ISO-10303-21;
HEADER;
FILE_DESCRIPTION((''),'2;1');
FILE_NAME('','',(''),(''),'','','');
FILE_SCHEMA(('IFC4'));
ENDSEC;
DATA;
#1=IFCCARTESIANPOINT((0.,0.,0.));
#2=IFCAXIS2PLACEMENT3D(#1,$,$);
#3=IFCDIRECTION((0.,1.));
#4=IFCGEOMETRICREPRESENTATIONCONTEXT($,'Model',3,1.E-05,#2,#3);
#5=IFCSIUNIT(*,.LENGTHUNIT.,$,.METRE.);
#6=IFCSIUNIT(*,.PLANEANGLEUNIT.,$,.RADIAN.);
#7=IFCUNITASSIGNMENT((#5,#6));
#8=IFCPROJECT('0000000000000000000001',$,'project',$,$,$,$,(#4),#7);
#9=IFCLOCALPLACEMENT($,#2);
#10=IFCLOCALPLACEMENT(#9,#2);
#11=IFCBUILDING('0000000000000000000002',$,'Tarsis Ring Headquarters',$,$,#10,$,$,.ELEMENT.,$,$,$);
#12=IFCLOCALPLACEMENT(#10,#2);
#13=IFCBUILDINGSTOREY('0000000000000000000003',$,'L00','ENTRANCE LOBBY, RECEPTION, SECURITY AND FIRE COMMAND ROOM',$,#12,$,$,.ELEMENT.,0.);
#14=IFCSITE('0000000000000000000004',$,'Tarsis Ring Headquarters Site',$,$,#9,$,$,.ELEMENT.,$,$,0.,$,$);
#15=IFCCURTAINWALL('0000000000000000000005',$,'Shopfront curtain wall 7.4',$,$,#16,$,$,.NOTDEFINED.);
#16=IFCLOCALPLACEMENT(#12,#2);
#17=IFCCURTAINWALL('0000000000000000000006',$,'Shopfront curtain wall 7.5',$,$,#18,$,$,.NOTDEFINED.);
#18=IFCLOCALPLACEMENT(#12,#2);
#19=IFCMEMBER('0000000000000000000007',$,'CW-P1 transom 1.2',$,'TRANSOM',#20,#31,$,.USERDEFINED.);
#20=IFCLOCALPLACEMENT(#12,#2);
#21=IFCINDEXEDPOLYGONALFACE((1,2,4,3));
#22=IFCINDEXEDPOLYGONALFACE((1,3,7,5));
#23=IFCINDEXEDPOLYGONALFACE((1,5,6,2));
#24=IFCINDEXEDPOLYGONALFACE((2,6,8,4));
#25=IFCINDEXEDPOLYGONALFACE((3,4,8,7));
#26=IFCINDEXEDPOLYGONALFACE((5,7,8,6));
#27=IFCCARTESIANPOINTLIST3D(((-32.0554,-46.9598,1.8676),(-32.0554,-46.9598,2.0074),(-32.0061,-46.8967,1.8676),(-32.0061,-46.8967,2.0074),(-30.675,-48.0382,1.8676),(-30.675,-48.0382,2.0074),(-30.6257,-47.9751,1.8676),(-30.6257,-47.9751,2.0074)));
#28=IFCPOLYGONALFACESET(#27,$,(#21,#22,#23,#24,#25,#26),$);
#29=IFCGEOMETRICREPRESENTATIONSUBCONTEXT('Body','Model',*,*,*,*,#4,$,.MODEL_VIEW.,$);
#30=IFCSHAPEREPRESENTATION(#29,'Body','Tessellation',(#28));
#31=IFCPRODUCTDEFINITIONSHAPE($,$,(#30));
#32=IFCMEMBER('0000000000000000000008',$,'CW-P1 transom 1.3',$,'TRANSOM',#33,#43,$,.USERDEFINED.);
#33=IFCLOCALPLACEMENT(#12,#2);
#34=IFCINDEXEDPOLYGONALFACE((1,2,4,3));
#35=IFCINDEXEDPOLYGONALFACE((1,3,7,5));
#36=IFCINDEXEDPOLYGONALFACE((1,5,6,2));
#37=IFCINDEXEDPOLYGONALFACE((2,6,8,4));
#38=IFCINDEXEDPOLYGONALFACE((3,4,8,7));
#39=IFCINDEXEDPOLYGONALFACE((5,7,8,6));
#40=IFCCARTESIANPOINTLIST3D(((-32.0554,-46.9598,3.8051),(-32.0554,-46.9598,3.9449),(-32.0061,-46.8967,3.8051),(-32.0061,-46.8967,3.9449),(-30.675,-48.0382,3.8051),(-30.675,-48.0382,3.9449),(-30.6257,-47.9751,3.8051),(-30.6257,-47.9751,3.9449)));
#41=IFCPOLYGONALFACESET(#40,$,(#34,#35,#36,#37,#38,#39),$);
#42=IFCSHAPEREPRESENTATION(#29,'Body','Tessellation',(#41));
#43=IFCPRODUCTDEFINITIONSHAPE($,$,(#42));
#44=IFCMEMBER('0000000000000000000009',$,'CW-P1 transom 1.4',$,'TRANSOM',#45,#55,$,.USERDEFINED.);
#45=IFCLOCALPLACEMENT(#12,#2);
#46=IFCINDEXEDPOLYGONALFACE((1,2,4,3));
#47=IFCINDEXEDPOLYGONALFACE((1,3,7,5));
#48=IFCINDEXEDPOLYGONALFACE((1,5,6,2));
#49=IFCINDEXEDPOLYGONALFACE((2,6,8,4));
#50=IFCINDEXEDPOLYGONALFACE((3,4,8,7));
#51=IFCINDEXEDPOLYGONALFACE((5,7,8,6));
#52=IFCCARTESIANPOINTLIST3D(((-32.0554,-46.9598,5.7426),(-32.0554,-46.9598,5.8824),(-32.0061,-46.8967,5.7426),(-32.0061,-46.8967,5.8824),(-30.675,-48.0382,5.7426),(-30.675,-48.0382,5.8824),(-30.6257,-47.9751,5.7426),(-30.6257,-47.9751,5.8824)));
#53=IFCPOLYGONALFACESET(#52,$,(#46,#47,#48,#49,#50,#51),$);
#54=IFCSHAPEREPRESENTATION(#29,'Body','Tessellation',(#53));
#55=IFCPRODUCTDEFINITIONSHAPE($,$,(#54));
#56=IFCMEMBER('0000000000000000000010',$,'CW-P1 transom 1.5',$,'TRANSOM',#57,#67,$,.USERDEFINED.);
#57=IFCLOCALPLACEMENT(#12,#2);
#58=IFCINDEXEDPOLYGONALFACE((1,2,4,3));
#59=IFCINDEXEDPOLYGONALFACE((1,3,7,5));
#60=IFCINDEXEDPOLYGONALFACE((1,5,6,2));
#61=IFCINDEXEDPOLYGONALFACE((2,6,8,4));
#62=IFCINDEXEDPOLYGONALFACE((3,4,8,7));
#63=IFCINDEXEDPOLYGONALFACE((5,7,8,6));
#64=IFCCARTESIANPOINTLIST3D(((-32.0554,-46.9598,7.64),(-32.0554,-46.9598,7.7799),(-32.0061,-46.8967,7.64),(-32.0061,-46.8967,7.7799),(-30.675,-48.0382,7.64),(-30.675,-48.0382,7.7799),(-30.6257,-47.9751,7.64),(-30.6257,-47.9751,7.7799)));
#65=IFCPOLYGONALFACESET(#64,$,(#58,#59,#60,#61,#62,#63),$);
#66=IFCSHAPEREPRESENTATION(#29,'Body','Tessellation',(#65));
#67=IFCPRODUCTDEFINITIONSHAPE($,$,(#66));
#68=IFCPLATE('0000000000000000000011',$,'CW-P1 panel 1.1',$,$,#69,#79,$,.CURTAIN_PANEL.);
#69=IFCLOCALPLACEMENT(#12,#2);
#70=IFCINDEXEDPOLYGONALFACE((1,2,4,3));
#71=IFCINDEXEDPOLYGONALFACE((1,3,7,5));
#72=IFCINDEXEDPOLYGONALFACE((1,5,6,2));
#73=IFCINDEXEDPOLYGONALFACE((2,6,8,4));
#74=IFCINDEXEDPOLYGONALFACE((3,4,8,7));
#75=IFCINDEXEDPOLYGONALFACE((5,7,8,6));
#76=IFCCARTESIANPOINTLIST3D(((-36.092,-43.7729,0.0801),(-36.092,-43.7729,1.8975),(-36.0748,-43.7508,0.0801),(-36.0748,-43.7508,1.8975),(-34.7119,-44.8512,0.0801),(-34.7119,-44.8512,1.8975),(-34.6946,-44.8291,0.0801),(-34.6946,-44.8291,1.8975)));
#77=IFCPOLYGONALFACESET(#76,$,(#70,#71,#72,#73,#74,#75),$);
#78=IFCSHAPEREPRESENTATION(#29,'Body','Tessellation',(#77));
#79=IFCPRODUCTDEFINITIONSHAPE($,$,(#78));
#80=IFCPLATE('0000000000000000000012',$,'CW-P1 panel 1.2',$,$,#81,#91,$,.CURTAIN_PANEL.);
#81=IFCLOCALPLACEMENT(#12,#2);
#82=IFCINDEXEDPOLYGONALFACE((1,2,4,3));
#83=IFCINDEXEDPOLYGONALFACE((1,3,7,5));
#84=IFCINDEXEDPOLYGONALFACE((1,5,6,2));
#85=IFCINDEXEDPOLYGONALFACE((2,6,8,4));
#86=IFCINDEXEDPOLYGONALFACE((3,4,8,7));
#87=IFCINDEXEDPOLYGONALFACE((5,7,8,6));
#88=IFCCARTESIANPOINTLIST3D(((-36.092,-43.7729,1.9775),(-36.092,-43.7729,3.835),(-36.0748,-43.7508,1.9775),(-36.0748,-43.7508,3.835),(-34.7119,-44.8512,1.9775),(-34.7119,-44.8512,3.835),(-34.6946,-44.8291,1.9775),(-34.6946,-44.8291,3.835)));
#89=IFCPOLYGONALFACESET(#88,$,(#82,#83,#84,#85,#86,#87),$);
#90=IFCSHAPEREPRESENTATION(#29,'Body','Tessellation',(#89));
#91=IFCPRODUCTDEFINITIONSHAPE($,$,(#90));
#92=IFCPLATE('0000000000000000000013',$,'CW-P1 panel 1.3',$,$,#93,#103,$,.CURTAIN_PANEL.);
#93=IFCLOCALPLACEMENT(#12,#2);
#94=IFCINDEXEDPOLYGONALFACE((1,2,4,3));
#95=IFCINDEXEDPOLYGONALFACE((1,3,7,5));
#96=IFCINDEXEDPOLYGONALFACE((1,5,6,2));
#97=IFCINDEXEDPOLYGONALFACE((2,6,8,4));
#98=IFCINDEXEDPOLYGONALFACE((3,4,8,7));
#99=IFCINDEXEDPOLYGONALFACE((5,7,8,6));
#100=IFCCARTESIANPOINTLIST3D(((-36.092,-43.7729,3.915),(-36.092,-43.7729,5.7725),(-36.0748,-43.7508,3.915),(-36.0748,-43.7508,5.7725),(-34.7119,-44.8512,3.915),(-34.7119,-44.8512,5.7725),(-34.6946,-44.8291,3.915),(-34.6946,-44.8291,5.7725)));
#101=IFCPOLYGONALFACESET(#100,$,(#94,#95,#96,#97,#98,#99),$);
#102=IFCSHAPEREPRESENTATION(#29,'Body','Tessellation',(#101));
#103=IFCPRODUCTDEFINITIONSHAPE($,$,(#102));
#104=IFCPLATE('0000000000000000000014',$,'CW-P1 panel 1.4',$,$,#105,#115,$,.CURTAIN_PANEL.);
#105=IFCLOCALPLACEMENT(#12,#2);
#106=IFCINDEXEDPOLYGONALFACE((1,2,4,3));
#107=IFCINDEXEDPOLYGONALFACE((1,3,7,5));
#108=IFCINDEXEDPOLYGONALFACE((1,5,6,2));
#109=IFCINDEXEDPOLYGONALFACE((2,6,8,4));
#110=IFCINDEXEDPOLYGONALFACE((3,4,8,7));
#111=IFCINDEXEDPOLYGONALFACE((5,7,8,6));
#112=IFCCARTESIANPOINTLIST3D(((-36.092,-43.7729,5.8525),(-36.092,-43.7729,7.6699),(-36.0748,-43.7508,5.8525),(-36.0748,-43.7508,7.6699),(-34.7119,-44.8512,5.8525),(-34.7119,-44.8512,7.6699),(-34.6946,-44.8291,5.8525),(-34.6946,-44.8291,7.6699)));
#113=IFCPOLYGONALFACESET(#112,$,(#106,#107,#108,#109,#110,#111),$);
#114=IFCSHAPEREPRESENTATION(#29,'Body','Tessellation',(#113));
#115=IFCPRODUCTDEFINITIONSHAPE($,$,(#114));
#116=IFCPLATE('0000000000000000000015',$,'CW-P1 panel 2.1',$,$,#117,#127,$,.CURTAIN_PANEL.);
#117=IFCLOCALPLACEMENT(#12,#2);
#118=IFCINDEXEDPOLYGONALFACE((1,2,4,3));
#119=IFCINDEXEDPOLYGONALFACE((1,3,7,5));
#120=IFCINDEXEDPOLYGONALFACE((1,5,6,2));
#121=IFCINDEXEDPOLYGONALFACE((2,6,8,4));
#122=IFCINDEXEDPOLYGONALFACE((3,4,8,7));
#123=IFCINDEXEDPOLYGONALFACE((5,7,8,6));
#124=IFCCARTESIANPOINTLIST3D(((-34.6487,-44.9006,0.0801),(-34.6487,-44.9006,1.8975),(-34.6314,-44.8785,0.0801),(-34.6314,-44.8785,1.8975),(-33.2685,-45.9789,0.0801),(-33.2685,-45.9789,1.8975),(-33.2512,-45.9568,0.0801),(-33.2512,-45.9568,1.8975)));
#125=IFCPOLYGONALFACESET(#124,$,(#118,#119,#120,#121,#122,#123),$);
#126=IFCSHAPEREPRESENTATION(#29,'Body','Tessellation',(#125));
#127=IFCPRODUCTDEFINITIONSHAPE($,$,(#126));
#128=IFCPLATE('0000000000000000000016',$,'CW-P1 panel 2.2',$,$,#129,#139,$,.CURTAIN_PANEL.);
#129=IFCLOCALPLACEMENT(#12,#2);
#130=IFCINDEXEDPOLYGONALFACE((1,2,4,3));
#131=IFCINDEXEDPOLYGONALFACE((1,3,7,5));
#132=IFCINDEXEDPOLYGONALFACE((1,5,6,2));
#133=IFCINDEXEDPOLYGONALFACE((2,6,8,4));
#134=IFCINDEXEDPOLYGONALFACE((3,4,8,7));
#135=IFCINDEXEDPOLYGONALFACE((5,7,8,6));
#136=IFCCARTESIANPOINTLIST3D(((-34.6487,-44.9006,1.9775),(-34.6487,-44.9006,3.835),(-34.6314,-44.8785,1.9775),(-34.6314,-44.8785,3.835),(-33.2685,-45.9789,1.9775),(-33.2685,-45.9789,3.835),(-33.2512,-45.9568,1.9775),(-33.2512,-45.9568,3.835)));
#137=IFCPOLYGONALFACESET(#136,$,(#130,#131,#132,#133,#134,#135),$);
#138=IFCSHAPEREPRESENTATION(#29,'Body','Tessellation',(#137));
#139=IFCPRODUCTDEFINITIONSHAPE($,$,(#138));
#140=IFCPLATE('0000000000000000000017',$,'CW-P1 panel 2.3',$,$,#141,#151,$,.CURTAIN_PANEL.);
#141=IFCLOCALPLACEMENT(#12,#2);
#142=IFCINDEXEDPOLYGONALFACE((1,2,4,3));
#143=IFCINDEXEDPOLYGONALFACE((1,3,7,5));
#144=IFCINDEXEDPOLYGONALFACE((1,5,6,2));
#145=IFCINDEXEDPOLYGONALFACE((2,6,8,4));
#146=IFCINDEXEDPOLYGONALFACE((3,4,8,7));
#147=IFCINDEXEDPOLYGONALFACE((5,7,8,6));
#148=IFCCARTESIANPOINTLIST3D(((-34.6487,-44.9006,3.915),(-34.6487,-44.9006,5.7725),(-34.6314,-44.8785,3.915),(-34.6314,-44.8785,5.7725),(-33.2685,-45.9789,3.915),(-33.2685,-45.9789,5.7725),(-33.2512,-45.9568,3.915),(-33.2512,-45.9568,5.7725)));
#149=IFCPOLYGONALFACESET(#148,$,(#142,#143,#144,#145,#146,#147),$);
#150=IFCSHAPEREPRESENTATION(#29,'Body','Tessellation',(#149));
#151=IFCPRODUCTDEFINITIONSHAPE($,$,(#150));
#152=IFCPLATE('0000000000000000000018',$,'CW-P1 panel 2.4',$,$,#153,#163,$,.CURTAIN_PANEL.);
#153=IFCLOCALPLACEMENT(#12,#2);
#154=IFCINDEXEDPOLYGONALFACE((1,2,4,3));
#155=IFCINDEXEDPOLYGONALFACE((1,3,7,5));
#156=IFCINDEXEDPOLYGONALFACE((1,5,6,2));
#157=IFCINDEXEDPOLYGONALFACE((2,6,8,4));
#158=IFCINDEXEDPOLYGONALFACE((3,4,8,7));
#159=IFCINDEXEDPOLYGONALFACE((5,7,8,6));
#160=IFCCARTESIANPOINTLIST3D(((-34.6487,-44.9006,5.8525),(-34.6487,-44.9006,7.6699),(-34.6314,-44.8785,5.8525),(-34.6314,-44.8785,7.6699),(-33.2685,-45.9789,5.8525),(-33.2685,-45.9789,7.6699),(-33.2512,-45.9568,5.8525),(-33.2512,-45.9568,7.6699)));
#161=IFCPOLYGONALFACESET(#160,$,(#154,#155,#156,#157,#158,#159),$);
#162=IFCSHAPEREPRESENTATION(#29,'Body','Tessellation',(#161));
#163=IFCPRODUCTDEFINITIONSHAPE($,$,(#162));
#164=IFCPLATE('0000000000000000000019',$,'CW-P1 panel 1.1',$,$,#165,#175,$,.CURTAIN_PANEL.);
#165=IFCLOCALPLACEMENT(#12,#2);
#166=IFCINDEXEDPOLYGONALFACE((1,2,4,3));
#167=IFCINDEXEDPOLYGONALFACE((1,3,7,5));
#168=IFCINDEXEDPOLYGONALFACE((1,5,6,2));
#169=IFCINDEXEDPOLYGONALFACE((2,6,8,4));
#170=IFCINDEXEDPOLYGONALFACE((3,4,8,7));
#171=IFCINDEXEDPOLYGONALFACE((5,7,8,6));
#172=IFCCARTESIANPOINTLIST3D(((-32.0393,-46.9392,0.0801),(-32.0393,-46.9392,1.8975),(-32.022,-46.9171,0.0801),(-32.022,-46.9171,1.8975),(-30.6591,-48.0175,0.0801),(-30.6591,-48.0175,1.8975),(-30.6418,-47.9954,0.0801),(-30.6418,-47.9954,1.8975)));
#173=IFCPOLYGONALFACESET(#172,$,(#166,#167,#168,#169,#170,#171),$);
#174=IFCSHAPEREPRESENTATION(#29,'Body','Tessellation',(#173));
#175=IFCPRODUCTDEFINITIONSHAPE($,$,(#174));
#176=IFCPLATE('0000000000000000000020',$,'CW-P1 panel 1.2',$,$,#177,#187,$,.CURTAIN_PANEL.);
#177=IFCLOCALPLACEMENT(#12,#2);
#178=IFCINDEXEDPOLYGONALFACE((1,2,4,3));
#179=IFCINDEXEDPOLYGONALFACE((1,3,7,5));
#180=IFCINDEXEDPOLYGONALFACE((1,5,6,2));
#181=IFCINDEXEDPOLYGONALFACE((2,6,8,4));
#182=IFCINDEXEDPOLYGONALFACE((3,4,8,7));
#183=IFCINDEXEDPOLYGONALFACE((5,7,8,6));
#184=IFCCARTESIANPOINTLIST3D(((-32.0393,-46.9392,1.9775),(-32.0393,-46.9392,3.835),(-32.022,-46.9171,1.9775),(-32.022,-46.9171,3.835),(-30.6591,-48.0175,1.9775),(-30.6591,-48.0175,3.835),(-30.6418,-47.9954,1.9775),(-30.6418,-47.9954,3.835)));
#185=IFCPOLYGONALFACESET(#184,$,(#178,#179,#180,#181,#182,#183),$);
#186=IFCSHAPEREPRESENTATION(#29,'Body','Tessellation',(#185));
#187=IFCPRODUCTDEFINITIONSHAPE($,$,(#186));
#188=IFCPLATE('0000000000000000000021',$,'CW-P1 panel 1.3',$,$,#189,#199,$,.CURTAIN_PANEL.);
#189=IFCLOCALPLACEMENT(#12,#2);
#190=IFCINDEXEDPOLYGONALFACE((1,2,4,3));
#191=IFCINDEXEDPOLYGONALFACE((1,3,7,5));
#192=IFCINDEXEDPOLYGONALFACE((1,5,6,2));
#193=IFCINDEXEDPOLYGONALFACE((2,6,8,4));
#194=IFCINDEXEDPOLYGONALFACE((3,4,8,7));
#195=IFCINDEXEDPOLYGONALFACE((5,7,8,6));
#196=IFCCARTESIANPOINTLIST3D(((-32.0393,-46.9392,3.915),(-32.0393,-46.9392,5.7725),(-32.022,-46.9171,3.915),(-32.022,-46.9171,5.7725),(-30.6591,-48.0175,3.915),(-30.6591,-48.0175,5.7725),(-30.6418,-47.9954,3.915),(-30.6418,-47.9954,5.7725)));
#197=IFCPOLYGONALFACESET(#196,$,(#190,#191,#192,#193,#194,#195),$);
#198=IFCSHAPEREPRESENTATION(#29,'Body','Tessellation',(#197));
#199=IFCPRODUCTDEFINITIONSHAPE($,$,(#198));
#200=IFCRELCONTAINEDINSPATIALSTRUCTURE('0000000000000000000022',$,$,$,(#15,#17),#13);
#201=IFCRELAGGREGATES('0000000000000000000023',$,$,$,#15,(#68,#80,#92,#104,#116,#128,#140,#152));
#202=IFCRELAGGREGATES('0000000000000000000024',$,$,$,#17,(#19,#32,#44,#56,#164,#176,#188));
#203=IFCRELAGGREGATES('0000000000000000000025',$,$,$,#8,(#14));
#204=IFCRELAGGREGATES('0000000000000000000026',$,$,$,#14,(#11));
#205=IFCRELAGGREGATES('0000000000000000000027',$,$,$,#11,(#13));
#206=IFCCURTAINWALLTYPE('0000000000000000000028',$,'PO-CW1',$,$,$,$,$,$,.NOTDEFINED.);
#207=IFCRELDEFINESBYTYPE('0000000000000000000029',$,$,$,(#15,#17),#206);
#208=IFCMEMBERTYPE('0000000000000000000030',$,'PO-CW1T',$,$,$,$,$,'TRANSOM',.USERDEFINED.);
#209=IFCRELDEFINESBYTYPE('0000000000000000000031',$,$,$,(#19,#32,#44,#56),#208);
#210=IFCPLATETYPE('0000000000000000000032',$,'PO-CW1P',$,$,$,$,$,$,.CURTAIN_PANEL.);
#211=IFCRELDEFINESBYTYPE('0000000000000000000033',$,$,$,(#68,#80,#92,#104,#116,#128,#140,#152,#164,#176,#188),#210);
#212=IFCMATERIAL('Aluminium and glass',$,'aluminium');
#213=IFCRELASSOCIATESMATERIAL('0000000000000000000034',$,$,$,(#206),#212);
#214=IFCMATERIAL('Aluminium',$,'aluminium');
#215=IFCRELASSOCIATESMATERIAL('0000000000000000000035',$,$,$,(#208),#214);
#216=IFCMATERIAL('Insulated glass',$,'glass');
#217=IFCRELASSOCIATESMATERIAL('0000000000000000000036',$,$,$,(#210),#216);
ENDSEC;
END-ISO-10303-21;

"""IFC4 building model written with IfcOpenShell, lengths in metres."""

from ifc_helpers import new_model, si_unit, direction, frame, origin, origin_2d, place, context, subcontext, project, spatial, rectangle, extrude, material, material_profile, profile_set, type_object, element, aggregate, save


model = new_model("IFC4")

# Units and contexts
model_context = context("Model", 3, precision=1e-05, world=origin(), true_north=direction((0.0, 1.0)))
body_context = subcontext(model_context, "Body", "Model", "MODEL_VIEW")
ifc_project = project(units=[si_unit("LENGTHUNIT", "METRE"), si_unit("PLANEANGLEUNIT", "RADIAN")], contexts=[model_context])

# Site, building, storey
site_placement = place(None, origin())
site = spatial("IfcSite", under=ifc_project, at=site_placement, Name="Tarsis Ring Headquarters Site", CompositionType="ELEMENT", RefElevation=0.0)
building_placement = place(site_placement, origin())
building = spatial("IfcBuilding", under=site, at=building_placement, Name="Tarsis Ring Headquarters", CompositionType="ELEMENT")
storey_placement = place(building_placement, origin())
storey = spatial("IfcBuildingStorey", under=building, at=storey_placement, Name="L00", Description="ENTRANCE LOBBY, RECEPTION, SECURITY AND FIRE COMMAND ROOM", CompositionType="ELEMENT", Elevation=0.0)

# Curtain wall
ifc_material_1 = material(Name="Aluminium and glass", Category="aluminium")
curtain_wall_type = type_object("IfcCurtainWallType", Name="PO-CW1", PredefinedType="NOTDEFINED", material=ifc_material_1)
curtain_wall_1_placement = place(storey_placement, origin())
curtain_wall_1 = element("IfcCurtainWall", 1, at=curtain_wall_1_placement, inside=storey, type_object=curtain_wall_type, Name="Shopfront curtain wall 7.4", PredefinedType="NOTDEFINED")
ifc_material_2 = material(Name="Aluminium", Category="aluminium")

# Curtain wall
curtain_wall_2_placement = place(storey_placement, origin())
curtain_wall_2 = element("IfcCurtainWall", 2, at=curtain_wall_2_placement, inside=storey, type_object=curtain_wall_type, Name="Shopfront curtain wall 7.5", PredefinedType="NOTDEFINED")

# Members
ifc_material_profile_1 = material_profile(ifc_material_2, rectangle(XDim=0.0801, YDim=0.1399, at=origin_2d()), Name="PO-CW1T")
ifc_profile_set_1 = profile_set([ifc_material_profile_1], Name="Aluminium")
member_type_1 = type_object("IfcMemberType", Name="PO-CW1T", ElementType="TRANSOM", PredefinedType="USERDEFINED", material=ifc_profile_set_1)
member_1_placement = place(storey_placement, frame((-32.0308, -46.9282, 1.9375), z_axis=(0.788037, -0.615628, 0.0), x_axis=(0.615628, 0.788037, 0.0)))
member_1 = element("IfcMember", 3, at=member_1_placement, type_object=member_type_1, Name="CW-P1 transom 1.2", ObjectType="TRANSOM", PredefinedType="USERDEFINED", context=body_context, shape_type="SweptSolid", body=[
    extrude(rectangle(XDim=0.0801, YDim=0.1399, at=origin_2d()), origin(), (0.0, 0.0, 1.0), 1.7517),
])
member_2_placement = place(storey_placement, frame((-32.0308, -46.9282, 3.875), z_axis=(0.788037, -0.615628, 0.0), x_axis=(0.615628, 0.788037, 0.0)))
member_2 = element("IfcMember", 4, at=member_2_placement, type_object=member_type_1, Name="CW-P1 transom 1.3", ObjectType="TRANSOM", PredefinedType="USERDEFINED", context=body_context, shape_type="SweptSolid", body=[
    extrude(rectangle(XDim=0.0801, YDim=0.1399, at=origin_2d()), origin(), (0.0, 0.0, 1.0), 1.7517),
])
member_3_placement = place(storey_placement, frame((-32.0308, -46.9282, 5.8125), z_axis=(0.788037, -0.615628, 0.0), x_axis=(0.615628, 0.788037, 0.0)))
member_3 = element("IfcMember", 5, at=member_3_placement, type_object=member_type_1, Name="CW-P1 transom 1.4", ObjectType="TRANSOM", PredefinedType="USERDEFINED", context=body_context, shape_type="SweptSolid", body=[
    extrude(rectangle(XDim=0.0801, YDim=0.1399, at=origin_2d()), origin(), (0.0, 0.0, 1.0), 1.7517),
])
member_4_placement = place(storey_placement, frame((-32.0308, -46.9282, 7.71), z_axis=(0.788037, -0.615628, 0.0), x_axis=(0.615628, 0.788037, 0.0)))
member_4 = element("IfcMember", 6, at=member_4_placement, type_object=member_type_1, Name="CW-P1 transom 1.5", ObjectType="TRANSOM", PredefinedType="USERDEFINED", context=body_context, shape_type="SweptSolid", body=[
    extrude(rectangle(XDim=0.0801, YDim=0.1399, at=origin_2d()), origin(), (0.0, 0.0, 1.0), 1.7517),
])

# Plates
ifc_material_3 = material(Name="Insulated glass", Category="glass")
plate_type = type_object("IfcPlateType", Name="PO-CW1P", PredefinedType="CURTAIN_PANEL", material=ifc_material_3)
plate_1_placement = place(storey_placement, frame((-35.3933, -44.301, 0.0801), z_axis=(0.0, 0.0, 1.0), x_axis=(0.788011, -0.615662, 0.0)))
plate_1 = element("IfcPlate", 7, at=plate_1_placement, type_object=plate_type, Name="CW-P1 panel 1.1", PredefinedType="CURTAIN_PANEL", context=body_context, shape_type="SweptSolid", body=[
    extrude(rectangle(XDim=1.7515, YDim=0.0281, at=origin_2d()), origin(), (0.0, 0.0, 1.0), 1.8174),
])
plate_2_placement = place(storey_placement, frame((-35.3933, -44.301, 1.9775), z_axis=(0.0, 0.0, 1.0), x_axis=(0.788011, -0.615662, 0.0)))
plate_2 = element("IfcPlate", 8, at=plate_2_placement, type_object=plate_type, Name="CW-P1 panel 1.2", PredefinedType="CURTAIN_PANEL", context=body_context, shape_type="SweptSolid", body=[
    extrude(rectangle(XDim=1.7515, YDim=0.0281, at=origin_2d()), origin(), (0.0, 0.0, 1.0), 1.8574),
])
plate_3_placement = place(storey_placement, frame((-35.3933, -44.301, 3.915), z_axis=(0.0, 0.0, 1.0), x_axis=(0.788011, -0.615662, 0.0)))
plate_3 = element("IfcPlate", 9, at=plate_3_placement, type_object=plate_type, Name="CW-P1 panel 1.3", PredefinedType="CURTAIN_PANEL", context=body_context, shape_type="SweptSolid", body=[
    extrude(rectangle(XDim=1.7515, YDim=0.0281, at=origin_2d()), origin(), (0.0, 0.0, 1.0), 1.8574),
])
plate_4_placement = place(storey_placement, frame((-35.3933, -44.301, 5.8525), z_axis=(0.0, 0.0, 1.0), x_axis=(0.788011, -0.615662, 0.0)))
plate_4 = element("IfcPlate", 10, at=plate_4_placement, type_object=plate_type, Name="CW-P1 panel 1.4", PredefinedType="CURTAIN_PANEL", context=body_context, shape_type="SweptSolid", body=[
    extrude(rectangle(XDim=1.7515, YDim=0.0281, at=origin_2d()), origin(), (0.0, 0.0, 1.0), 1.8174),
])
plate_5_placement = place(storey_placement, frame((-33.95, -45.4287, 0.0801), z_axis=(0.0, 0.0, 1.0), x_axis=(0.788011, -0.615662, 0.0)))
plate_5 = element("IfcPlate", 11, at=plate_5_placement, type_object=plate_type, Name="CW-P1 panel 2.1", PredefinedType="CURTAIN_PANEL", context=body_context, shape_type="SweptSolid", body=[
    extrude(rectangle(XDim=1.7515, YDim=0.0281, at=origin_2d()), origin(), (0.0, 0.0, 1.0), 1.8174),
])
plate_6_placement = place(storey_placement, frame((-33.95, -45.4287, 1.9775), z_axis=(0.0, 0.0, 1.0), x_axis=(0.788011, -0.615662, 0.0)))
plate_6 = element("IfcPlate", 12, at=plate_6_placement, type_object=plate_type, Name="CW-P1 panel 2.2", PredefinedType="CURTAIN_PANEL", context=body_context, shape_type="SweptSolid", body=[
    extrude(rectangle(XDim=1.7515, YDim=0.0281, at=origin_2d()), origin(), (0.0, 0.0, 1.0), 1.8574),
])
plate_7_placement = place(storey_placement, frame((-33.95, -45.4287, 3.915), z_axis=(0.0, 0.0, 1.0), x_axis=(0.788011, -0.615662, 0.0)))
plate_7 = element("IfcPlate", 13, at=plate_7_placement, type_object=plate_type, Name="CW-P1 panel 2.3", PredefinedType="CURTAIN_PANEL", context=body_context, shape_type="SweptSolid", body=[
    extrude(rectangle(XDim=1.7515, YDim=0.0281, at=origin_2d()), origin(), (0.0, 0.0, 1.0), 1.8574),
])
plate_8_placement = place(storey_placement, frame((-33.95, -45.4287, 5.8525), z_axis=(0.0, 0.0, 1.0), x_axis=(0.788011, -0.615662, 0.0)))
plate_8 = element("IfcPlate", 14, at=plate_8_placement, type_object=plate_type, Name="CW-P1 panel 2.4", PredefinedType="CURTAIN_PANEL", context=body_context, shape_type="SweptSolid", body=[
    extrude(rectangle(XDim=1.7515, YDim=0.0281, at=origin_2d()), origin(), (0.0, 0.0, 1.0), 1.8174),
])
aggregate(curtain_wall_1, [plate_1, plate_2, plate_3, plate_4, plate_5, plate_6, plate_7, plate_8])
plate_9_placement = place(storey_placement, frame((-31.3406, -47.4673, 0.0801), z_axis=(0.0, 0.0, 1.0), x_axis=(0.788011, -0.615661, 0.0)))
plate_9 = element("IfcPlate", 15, at=plate_9_placement, type_object=plate_type, Name="CW-P1 panel 1.1", PredefinedType="CURTAIN_PANEL", context=body_context, shape_type="SweptSolid", body=[
    extrude(rectangle(XDim=1.7515, YDim=0.0281, at=origin_2d()), origin(), (0.0, 0.0, 1.0), 1.8174),
])
plate_10_placement = place(storey_placement, frame((-31.3406, -47.4673, 1.9775), z_axis=(0.0, 0.0, 1.0), x_axis=(0.788011, -0.615661, 0.0)))
plate_10 = element("IfcPlate", 16, at=plate_10_placement, type_object=plate_type, Name="CW-P1 panel 1.2", PredefinedType="CURTAIN_PANEL", context=body_context, shape_type="SweptSolid", body=[
    extrude(rectangle(XDim=1.7515, YDim=0.0281, at=origin_2d()), origin(), (0.0, 0.0, 1.0), 1.8574),
])
plate_11_placement = place(storey_placement, frame((-31.3406, -47.4673, 3.915), z_axis=(0.0, 0.0, 1.0), x_axis=(0.788011, -0.615661, 0.0)))
plate_11 = element("IfcPlate", 17, at=plate_11_placement, type_object=plate_type, Name="CW-P1 panel 1.3", PredefinedType="CURTAIN_PANEL", context=body_context, shape_type="SweptSolid", body=[
    extrude(rectangle(XDim=1.7515, YDim=0.0281, at=origin_2d()), origin(), (0.0, 0.0, 1.0), 1.8574),
])
aggregate(curtain_wall_2, [member_1, member_2, member_3, member_4, plate_9, plate_10, plate_11])

save(model, "model.ifc")
